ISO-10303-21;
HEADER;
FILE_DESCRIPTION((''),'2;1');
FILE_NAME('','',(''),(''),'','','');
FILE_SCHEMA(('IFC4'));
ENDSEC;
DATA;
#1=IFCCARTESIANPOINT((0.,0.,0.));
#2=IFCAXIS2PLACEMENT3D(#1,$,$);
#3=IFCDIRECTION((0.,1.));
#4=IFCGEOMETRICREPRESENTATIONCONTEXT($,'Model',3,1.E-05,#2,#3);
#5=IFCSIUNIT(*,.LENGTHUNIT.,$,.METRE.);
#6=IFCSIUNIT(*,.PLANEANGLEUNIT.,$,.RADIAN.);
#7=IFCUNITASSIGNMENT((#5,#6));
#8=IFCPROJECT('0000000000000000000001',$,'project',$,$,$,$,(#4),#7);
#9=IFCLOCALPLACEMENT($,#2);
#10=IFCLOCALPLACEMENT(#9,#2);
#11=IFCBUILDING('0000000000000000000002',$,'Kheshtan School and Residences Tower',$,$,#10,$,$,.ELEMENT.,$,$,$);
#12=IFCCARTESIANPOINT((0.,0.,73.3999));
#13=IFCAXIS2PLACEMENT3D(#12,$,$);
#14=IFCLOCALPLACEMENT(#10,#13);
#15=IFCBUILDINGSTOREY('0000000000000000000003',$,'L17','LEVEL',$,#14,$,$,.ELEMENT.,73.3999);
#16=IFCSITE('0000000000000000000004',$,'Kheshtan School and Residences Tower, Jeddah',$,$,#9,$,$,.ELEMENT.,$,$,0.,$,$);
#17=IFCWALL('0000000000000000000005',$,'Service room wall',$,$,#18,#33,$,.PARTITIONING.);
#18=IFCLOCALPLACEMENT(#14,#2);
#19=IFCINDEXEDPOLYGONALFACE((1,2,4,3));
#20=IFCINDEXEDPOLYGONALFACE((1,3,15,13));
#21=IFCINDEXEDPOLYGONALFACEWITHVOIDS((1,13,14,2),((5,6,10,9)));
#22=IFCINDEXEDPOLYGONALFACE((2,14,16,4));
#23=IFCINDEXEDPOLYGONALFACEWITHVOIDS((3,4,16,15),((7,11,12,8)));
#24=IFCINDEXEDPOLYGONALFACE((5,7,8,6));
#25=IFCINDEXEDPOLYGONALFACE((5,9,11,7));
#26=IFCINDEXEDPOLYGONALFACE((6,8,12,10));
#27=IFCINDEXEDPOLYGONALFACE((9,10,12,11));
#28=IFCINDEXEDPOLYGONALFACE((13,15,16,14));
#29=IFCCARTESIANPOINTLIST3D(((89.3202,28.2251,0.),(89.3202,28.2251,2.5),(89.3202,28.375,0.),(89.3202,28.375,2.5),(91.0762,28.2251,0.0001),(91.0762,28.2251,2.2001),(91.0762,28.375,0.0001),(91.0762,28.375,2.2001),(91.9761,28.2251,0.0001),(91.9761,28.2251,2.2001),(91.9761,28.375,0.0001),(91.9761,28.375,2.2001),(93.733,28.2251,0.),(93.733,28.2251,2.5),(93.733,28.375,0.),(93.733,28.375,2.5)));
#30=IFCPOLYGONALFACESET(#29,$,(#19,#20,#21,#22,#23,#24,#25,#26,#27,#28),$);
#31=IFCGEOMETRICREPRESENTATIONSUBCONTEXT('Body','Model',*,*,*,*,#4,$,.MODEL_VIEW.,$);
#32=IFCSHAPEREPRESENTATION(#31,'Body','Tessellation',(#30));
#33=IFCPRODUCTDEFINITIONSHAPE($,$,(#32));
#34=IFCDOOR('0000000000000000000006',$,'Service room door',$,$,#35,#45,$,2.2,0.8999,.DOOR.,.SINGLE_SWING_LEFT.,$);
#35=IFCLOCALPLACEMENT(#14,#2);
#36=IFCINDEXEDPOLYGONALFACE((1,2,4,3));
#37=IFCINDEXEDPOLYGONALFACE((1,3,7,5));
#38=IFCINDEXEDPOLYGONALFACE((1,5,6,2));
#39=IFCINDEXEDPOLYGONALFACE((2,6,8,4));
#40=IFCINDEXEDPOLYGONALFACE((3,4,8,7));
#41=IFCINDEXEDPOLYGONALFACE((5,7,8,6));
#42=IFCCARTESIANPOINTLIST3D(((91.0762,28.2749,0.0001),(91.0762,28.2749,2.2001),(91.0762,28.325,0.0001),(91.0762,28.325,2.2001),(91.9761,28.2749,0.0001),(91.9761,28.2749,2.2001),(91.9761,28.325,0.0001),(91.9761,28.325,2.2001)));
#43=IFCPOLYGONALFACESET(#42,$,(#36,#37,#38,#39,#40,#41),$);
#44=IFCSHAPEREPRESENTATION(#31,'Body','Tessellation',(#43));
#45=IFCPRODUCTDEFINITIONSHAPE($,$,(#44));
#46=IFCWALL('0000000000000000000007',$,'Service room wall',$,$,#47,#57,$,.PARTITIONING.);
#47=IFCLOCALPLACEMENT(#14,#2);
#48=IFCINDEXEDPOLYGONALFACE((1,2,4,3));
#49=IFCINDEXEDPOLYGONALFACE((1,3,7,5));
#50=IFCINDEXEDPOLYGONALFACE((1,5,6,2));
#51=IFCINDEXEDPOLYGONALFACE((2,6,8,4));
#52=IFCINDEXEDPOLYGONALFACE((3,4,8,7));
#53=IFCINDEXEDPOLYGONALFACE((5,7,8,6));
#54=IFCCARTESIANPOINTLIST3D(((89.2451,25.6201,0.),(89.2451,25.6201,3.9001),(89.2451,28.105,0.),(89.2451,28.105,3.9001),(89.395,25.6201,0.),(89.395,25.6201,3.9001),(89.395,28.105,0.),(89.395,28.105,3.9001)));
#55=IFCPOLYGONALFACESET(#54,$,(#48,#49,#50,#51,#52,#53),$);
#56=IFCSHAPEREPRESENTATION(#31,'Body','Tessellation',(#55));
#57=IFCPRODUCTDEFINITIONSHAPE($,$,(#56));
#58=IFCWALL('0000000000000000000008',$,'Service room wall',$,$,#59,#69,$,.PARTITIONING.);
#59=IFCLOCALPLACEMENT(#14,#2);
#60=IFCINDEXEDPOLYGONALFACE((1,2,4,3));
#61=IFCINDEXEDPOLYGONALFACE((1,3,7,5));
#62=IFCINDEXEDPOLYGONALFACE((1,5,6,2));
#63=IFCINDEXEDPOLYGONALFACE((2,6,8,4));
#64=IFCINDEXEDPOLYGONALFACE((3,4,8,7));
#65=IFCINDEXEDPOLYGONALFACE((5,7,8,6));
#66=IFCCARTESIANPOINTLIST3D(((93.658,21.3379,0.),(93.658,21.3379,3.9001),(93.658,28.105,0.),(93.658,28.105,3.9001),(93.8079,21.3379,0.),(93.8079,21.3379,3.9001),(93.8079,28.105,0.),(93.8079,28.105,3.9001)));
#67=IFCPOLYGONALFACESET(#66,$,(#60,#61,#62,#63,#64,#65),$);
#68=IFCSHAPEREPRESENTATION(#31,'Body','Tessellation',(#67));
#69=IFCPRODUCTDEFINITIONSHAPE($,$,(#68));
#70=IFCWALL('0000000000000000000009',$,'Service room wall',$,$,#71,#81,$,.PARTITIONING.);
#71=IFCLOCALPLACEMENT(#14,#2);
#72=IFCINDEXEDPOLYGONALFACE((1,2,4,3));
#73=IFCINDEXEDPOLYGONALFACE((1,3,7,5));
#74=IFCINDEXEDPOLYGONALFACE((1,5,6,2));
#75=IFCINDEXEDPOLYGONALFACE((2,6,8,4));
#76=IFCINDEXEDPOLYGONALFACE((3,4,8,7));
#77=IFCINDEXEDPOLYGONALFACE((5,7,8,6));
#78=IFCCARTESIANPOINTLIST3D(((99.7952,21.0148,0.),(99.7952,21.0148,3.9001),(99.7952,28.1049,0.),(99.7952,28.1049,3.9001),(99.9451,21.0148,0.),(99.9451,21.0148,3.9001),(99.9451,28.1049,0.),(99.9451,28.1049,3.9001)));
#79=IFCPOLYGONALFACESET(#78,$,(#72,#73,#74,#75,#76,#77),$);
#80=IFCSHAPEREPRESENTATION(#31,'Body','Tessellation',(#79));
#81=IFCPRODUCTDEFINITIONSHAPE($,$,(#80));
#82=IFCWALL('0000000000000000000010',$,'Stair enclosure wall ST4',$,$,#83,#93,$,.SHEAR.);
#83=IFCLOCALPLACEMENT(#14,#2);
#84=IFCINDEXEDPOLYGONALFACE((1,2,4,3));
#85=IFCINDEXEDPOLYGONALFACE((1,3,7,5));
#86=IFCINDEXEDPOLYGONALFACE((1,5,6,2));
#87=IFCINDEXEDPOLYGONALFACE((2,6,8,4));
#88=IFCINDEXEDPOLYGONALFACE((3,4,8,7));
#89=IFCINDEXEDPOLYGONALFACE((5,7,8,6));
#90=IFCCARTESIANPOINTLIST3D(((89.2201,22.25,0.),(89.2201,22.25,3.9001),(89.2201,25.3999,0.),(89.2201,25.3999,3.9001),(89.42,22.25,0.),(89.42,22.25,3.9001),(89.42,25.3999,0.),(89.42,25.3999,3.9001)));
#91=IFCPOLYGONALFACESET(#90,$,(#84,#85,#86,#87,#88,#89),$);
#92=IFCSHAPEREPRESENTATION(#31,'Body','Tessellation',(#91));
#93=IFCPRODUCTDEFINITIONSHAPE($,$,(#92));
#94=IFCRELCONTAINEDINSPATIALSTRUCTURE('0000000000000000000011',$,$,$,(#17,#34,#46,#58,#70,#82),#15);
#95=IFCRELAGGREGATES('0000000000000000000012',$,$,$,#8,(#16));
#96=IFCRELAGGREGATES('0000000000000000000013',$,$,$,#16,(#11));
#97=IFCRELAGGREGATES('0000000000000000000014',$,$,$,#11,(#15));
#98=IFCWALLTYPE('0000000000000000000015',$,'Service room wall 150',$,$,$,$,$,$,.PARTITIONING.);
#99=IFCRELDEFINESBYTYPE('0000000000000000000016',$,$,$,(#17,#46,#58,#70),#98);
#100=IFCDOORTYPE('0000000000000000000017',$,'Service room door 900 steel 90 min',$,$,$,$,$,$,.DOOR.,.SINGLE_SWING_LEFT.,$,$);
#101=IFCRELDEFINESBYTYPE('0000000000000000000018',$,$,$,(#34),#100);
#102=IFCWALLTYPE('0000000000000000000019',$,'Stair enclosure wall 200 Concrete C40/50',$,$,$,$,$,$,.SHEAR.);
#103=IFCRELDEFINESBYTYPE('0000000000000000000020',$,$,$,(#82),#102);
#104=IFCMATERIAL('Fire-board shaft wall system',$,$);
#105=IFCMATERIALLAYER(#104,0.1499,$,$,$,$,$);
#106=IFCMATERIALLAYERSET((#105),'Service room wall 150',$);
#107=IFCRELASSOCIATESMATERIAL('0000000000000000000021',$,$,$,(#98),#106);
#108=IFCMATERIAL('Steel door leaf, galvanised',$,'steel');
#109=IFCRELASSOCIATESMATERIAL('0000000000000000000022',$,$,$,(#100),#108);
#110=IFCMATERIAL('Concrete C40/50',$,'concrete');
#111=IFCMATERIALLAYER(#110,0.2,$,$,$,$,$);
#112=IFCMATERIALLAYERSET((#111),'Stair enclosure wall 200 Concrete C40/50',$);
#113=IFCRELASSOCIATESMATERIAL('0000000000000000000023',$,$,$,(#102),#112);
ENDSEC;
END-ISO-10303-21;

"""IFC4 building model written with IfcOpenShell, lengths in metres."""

from ifc_helpers import new_model, si_unit, direction, frame, frame_2d, origin, place, context, subcontext, project, spatial, rectangle, extrude, source, transform, mapped, material, layer, layer_set, type_object, element, fill, save


model = new_model("IFC4")

# Units and contexts
model_context = context("Model", 3, precision=1e-05, world=origin(), true_north=direction((0.0, 1.0)))
body_context = subcontext(model_context, "Body", "Model", "MODEL_VIEW")
ifc_project = project(units=[si_unit("LENGTHUNIT", "METRE"), si_unit("PLANEANGLEUNIT", "RADIAN")], contexts=[model_context])

# Site, building, storey
site_placement = place(None, origin())
site = spatial("IfcSite", under=ifc_project, at=site_placement, Name="Kheshtan School and Residences Tower, Jeddah", CompositionType="ELEMENT", RefElevation=0.0)
building_placement = place(site_placement, origin())
building = spatial("IfcBuilding", under=site, at=building_placement, Name="Kheshtan School and Residences Tower", CompositionType="ELEMENT")
storey_placement = place(building_placement, frame((0.0, 0.0, 73.3999)))
storey = spatial("IfcBuildingStorey", under=building, at=storey_placement, Name="L17", Description="LEVEL", CompositionType="ELEMENT", Elevation=73.3999)

# Wall, opening, door
ifc_material_1 = material(Name="Fire-board shaft wall system")
ifc_layer_1 = layer(ifc_material_1, 0.1499)
ifc_layer_set_1 = layer_set([ifc_layer_1], Name="Service room wall 150")
wall_type_1 = type_object("IfcWallType", Name="Service room wall 150", PredefinedType="PARTITIONING", material=ifc_layer_set_1)
wall_1_placement = place(storey_placement, frame((89.3201, 28.3, 0.0), z_axis=(0.0, 0.0, 1.0), x_axis=(1.0, 0.0, 0.0)))
wall_1 = element("IfcWall", 1, at=wall_1_placement, inside=storey, type_object=wall_type_1, Name="Service room wall", PredefinedType="PARTITIONING", context=body_context, shape_type="SweptSolid", body=[
    extrude(rectangle(XDim=4.4128, YDim=0.1499, at=frame_2d((2.2065, 0.0))), origin(), (0.0, 0.0, 1.0), 2.5),
])
opening_placement = place(wall_1_placement, frame((1.7561, 0.0, 0.0)))
opening = element("IfcOpeningElement", 2, at=opening_placement, cuts=wall_1, PredefinedType="OPENING", context=body_context, shape_type="SweptSolid", body=[
    extrude(rectangle(XDim=0.8999, YDim=2.2, at=frame_2d((0.45, 1.1001))), frame((0.0, 0.085, 0.0), z_axis=(0.0, -1.0, 0.0), x_axis=(1.0, 0.0, 0.0)), (0.0, 0.0, 1.0), 0.1699),
])
ifc_material_2 = material(Name="Steel door leaf, galvanised", Category="steel")
door_type = type_object("IfcDoorType", Name="Service room door 900 steel 90 min", OperationType="SINGLE_SWING_LEFT", PredefinedType="DOOR", material=ifc_material_2)
shared_shape = source(origin(), body_context, "Body", "SweptSolid", [
    extrude(rectangle(XDim=0.8999, YDim=2.2, at=frame_2d((0.45, 1.1001))), frame((0.0, 0.0249, 0.0), z_axis=(0.0, -1.0, 0.0), x_axis=(1.0, 0.0, 0.0)), (0.0, 0.0, 1.0), 0.05),
])
door_placement = place(opening_placement, origin())
door = element("IfcDoor", 3, at=door_placement, inside=storey, type_object=door_type, Name="Service room door", OperationType="SINGLE_SWING_LEFT", OverallHeight=2.2, OverallWidth=0.8999, PredefinedType="DOOR", context=body_context, shape_type="MappedRepresentation", body=[
    mapped(shared_shape, transform((0.0, 0.0, 0.0), x_axis=(1.0, 0.0, 0.0), y_axis=(0.0, 1.0, 0.0), z_axis=(0.0, 0.0, 1.0), scale=1.0)),
])
fill(opening, door)

# Walls
wall_2_placement = place(storey_placement, frame((89.3201, 25.6201, 0.0), z_axis=(0.0, 0.0, 1.0), x_axis=(0.0, 1.0, 0.0)))
element("IfcWall", 4, at=wall_2_placement, inside=storey, type_object=wall_type_1, Name="Service room wall", PredefinedType="PARTITIONING", context=body_context, shape_type="SweptSolid", body=[
    extrude(rectangle(XDim=2.4849, YDim=0.1499, at=frame_2d((1.2424, 0.0))), origin(), (0.0, 0.0, 1.0), 3.9001),
])
wall_3_placement = place(storey_placement, frame((93.7329, 21.3379, 0.0), z_axis=(0.0, 0.0, 1.0), x_axis=(0.0, 1.0, 0.0)))
element("IfcWall", 5, at=wall_3_placement, inside=storey, type_object=wall_type_1, Name="Service room wall", PredefinedType="PARTITIONING", context=body_context, shape_type="SweptSolid", body=[
    extrude(rectangle(XDim=6.7671, YDim=0.1499, at=frame_2d((3.3835, 0.0))), origin(), (0.0, 0.0, 1.0), 3.9001),
])
wall_4_placement = place(storey_placement, frame((99.8701, 21.0149, 0.0), z_axis=(0.0, 0.0, 1.0), x_axis=(0.0, 1.0, 0.0)))
element("IfcWall", 6, at=wall_4_placement, inside=storey, type_object=wall_type_1, Name="Service room wall", PredefinedType="PARTITIONING", context=body_context, shape_type="SweptSolid", body=[
    extrude(rectangle(XDim=7.0901, YDim=0.1499, at=frame_2d((3.5449, 0.0))), origin(), (0.0, 0.0, 1.0), 3.9001),
])
ifc_material_3 = material(Name="Concrete C40/50", Category="concrete")
ifc_layer_2 = layer(ifc_material_3, 0.2)
ifc_layer_set_2 = layer_set([ifc_layer_2], Name="Stair enclosure wall 200 Concrete C40/50")
wall_type_2 = type_object("IfcWallType", Name="Stair enclosure wall 200 Concrete C40/50", PredefinedType="SHEAR", material=ifc_layer_set_2)
wall_5_placement = place(storey_placement, frame((89.3201, 22.25, 0.0), z_axis=(0.0, 0.0, 1.0), x_axis=(0.0, 1.0, 0.0)))
element("IfcWall", 7, at=wall_5_placement, inside=storey, type_object=wall_type_2, Name="Stair enclosure wall ST4", PredefinedType="SHEAR", context=body_context, shape_type="SweptSolid", body=[
    extrude(rectangle(XDim=3.1499, YDim=0.2, at=frame_2d((1.575, 0.0))), origin(), (0.0, 0.0, 1.0), 3.9001),
])

save(model, "model.ifc")
